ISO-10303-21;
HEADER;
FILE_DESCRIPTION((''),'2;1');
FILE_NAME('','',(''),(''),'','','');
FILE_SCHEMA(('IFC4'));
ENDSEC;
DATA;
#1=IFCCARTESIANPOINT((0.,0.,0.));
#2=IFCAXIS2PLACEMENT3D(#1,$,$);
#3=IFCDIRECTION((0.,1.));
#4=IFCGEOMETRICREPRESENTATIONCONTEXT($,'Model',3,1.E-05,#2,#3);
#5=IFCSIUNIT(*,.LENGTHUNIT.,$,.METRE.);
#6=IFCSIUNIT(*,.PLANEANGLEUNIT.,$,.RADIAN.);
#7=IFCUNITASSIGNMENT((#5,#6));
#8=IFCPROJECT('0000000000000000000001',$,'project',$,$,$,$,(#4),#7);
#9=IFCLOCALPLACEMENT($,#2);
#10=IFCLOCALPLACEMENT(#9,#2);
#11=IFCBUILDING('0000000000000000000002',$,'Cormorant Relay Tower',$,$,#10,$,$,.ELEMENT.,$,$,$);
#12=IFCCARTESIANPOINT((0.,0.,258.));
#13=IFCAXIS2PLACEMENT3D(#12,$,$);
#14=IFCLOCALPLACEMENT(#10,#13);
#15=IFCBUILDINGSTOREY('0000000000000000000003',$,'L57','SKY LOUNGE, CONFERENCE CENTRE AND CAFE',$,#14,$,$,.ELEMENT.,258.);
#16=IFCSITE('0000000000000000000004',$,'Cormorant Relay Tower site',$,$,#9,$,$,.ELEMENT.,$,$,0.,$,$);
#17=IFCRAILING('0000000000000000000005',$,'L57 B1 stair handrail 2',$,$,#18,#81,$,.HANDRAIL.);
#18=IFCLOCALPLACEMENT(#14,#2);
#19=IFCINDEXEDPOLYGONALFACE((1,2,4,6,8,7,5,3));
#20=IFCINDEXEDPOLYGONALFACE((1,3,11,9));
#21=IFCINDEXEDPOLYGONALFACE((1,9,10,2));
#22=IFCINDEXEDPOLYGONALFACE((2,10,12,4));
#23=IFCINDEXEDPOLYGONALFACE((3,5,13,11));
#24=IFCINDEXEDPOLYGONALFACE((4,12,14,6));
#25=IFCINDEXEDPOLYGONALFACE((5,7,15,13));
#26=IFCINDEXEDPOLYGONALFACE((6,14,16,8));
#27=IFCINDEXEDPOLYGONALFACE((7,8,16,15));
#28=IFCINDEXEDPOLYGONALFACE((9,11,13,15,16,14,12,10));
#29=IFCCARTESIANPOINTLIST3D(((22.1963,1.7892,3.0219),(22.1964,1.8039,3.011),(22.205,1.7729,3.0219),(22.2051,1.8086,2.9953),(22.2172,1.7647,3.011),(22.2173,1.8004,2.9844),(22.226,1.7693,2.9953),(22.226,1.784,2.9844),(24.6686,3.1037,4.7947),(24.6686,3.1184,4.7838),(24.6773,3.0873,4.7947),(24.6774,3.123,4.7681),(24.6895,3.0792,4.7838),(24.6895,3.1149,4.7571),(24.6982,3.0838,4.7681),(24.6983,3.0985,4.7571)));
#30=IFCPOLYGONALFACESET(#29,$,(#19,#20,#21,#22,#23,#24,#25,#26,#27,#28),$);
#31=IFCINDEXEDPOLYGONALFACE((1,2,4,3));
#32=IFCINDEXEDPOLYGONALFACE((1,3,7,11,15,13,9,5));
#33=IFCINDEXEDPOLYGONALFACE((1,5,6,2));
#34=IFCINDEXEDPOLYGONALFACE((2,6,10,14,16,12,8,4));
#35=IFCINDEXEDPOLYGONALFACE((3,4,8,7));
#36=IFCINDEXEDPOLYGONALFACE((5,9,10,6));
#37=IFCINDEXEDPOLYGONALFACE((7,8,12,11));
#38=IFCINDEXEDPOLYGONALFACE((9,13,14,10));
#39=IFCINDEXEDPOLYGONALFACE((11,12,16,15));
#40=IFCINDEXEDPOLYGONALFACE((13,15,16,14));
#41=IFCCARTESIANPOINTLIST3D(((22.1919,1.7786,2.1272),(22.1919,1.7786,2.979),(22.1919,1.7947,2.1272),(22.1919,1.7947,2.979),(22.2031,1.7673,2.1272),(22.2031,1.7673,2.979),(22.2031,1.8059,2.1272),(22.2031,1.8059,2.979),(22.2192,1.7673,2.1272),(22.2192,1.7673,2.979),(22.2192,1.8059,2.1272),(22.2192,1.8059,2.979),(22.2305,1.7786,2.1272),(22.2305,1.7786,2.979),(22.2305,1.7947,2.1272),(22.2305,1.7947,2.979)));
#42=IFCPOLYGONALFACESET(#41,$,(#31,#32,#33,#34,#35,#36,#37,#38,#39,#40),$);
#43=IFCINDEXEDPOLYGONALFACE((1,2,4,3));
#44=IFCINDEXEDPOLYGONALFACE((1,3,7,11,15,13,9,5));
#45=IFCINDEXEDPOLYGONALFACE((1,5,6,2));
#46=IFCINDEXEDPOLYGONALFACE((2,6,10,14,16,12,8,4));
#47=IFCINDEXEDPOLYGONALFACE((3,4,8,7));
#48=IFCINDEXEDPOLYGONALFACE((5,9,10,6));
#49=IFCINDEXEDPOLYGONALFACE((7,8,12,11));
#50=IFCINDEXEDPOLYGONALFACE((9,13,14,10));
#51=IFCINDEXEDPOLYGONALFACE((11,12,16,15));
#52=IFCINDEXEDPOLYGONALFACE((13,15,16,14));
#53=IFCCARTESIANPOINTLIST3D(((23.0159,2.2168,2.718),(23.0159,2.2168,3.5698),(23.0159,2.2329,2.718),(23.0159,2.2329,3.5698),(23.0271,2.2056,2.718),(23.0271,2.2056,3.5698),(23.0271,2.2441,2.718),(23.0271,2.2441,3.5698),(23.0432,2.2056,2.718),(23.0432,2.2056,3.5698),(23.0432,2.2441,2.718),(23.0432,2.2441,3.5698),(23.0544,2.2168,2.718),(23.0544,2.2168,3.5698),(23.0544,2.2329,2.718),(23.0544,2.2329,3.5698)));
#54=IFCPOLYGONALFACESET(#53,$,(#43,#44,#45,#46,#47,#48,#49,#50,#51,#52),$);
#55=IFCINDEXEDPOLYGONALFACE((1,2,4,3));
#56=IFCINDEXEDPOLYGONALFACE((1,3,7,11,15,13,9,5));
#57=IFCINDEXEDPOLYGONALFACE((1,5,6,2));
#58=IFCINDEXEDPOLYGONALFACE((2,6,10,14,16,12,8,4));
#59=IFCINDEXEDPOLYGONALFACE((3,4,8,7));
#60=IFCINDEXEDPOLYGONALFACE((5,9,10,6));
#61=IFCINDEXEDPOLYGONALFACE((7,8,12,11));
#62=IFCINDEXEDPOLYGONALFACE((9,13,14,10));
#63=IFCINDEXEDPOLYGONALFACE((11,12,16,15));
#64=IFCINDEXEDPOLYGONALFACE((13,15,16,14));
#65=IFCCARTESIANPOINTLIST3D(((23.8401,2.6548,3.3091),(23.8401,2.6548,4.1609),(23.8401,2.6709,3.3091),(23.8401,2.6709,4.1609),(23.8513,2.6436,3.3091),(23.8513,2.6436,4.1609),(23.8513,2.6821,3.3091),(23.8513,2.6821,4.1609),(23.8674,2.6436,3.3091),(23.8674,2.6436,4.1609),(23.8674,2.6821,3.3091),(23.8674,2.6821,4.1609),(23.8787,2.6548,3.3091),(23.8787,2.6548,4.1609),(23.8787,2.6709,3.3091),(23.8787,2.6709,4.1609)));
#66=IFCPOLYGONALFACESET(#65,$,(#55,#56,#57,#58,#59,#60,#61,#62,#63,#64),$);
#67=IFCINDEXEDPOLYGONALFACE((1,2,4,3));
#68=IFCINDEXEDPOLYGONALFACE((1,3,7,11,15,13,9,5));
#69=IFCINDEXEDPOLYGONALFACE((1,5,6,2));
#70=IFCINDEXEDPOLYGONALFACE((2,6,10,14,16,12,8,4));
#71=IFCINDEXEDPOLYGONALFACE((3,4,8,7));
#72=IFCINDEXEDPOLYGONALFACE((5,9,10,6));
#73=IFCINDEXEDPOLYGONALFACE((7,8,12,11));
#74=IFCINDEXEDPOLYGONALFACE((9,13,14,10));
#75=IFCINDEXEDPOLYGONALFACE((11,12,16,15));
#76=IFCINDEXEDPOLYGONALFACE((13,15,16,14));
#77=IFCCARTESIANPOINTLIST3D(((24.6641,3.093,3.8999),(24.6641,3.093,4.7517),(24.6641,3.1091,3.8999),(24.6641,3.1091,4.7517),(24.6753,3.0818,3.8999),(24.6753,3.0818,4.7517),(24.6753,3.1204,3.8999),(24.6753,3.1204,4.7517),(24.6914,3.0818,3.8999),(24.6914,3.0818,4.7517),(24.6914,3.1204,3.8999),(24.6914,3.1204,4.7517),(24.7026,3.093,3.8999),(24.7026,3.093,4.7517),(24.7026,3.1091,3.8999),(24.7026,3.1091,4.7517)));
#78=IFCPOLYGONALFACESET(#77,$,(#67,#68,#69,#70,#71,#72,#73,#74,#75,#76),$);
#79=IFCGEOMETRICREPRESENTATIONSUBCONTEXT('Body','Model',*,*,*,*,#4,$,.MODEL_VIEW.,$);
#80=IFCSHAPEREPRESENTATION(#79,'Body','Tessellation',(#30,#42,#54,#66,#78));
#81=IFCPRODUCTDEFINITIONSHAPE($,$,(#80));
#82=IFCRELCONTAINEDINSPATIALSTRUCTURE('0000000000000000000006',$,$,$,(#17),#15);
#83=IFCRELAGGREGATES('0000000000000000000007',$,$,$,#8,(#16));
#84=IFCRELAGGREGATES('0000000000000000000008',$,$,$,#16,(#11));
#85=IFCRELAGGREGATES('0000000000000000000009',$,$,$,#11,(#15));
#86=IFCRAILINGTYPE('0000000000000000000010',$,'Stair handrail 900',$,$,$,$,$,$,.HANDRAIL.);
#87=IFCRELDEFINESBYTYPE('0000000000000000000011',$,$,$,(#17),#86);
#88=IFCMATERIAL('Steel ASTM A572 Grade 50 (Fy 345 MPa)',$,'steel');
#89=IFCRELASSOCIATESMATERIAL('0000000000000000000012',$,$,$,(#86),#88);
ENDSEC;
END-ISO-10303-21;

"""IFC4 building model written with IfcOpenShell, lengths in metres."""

from ifc_helpers import new_model, si_unit, direction, frame, origin, place, context, subcontext, project, spatial, polyline, outline, extrude, material, type_object, element, save


model = new_model("IFC4")

# Units and contexts
model_context = context("Model", 3, precision=1e-05, world=origin(), true_north=direction((0.0, 1.0)))
body_context = subcontext(model_context, "Body", "Model", "MODEL_VIEW")
ifc_project = project(units=[si_unit("LENGTHUNIT", "METRE"), si_unit("PLANEANGLEUNIT", "RADIAN")], contexts=[model_context])

# Site, building, storey
site_placement = place(None, origin())
site = spatial("IfcSite", under=ifc_project, at=site_placement, Name="Cormorant Relay Tower site", CompositionType="ELEMENT", RefElevation=0.0)
building_placement = place(site_placement, origin())
building = spatial("IfcBuilding", under=site, at=building_placement, Name="Cormorant Relay Tower", CompositionType="ELEMENT")
storey_placement = place(building_placement, frame((0.0, 0.0, 258.0)))
storey = spatial("IfcBuildingStorey", under=building, at=storey_placement, Name="L57", Description="SKY LOUNGE, CONFERENCE CENTRE AND CAFE", CompositionType="ELEMENT", Elevation=258.0)

# Railing
ifc_material_1 = material(Name="Steel ASTM A572 Grade 50 (Fy 345 MPa)", Category="steel")
railing_type_1 = type_object("IfcRailingType", Name="Stair handrail 900", PredefinedType="HANDRAIL", material=ifc_material_1)
railing_1_placement = place(storey_placement, frame((22.2112, 1.7866, 2.1272)))
element("IfcRailing", 1, at=railing_1_placement, inside=storey, type_object=railing_type_1, Name="L57 B1 stair handrail 2", PredefinedType="HANDRAIL", context=body_context, shape_type="SweptSolid", body=[
    extrude(outline(polyline([(0.0222, 0.0093), (0.0093, 0.0222), (-0.0093, 0.0222), (-0.0222, 0.0093), (-0.0222, -0.0093), (-0.0093, -0.0222), (0.0093, -0.0222), (0.0222, -0.0093), (0.0222, 0.0093)])), frame((0.0, 0.0, 0.876), z_axis=(0.746001, 0.396649, 0.534931), x_axis=(-0.469465, 0.882951, 0.0)), (0.0, 0.0, 1.0), 3.314),
    extrude(outline(polyline([(0.0193, 0.0081), (0.0081, 0.0193), (-0.0081, 0.0193), (-0.0193, 0.0081), (-0.0193, -0.0081), (-0.0081, -0.0193), (0.0081, -0.0193), (0.0193, -0.0081), (0.0193, 0.0081)])), origin(), (0.0, 0.0, 1.0), 0.8518),
    extrude(outline(polyline([(0.0193, 0.0081), (0.0081, 0.0193), (-0.0081, 0.0193), (-0.0193, 0.0081), (-0.0193, -0.0081), (-0.0081, -0.0193), (0.0081, -0.0193), (0.0193, -0.0081), (0.0193, 0.0081)])), frame((0.824, 0.4382, 0.5908)), (0.0, 0.0, 1.0), 0.8518),
    extrude(outline(polyline([(0.0193, 0.0081), (0.0081, 0.0193), (-0.0081, 0.0193), (-0.0193, 0.0081), (-0.0193, -0.0081), (-0.0081, -0.0193), (0.0081, -0.0193), (0.0193, -0.0081), (0.0193, 0.0081)])), frame((1.6482, 0.8762, 1.1819)), (0.0, 0.0, 1.0), 0.8518),
    extrude(outline(polyline([(0.0193, 0.0081), (0.0081, 0.0193), (-0.0081, 0.0193), (-0.0193, 0.0081), (-0.0193, -0.0081), (-0.0081, -0.0193), (0.0081, -0.0193), (0.0193, -0.0081), (0.0193, 0.0081)])), frame((2.4722, 1.3145, 1.7727)), (0.0, 0.0, 1.0), 0.8518),
])

save(model, "model.ifc")
